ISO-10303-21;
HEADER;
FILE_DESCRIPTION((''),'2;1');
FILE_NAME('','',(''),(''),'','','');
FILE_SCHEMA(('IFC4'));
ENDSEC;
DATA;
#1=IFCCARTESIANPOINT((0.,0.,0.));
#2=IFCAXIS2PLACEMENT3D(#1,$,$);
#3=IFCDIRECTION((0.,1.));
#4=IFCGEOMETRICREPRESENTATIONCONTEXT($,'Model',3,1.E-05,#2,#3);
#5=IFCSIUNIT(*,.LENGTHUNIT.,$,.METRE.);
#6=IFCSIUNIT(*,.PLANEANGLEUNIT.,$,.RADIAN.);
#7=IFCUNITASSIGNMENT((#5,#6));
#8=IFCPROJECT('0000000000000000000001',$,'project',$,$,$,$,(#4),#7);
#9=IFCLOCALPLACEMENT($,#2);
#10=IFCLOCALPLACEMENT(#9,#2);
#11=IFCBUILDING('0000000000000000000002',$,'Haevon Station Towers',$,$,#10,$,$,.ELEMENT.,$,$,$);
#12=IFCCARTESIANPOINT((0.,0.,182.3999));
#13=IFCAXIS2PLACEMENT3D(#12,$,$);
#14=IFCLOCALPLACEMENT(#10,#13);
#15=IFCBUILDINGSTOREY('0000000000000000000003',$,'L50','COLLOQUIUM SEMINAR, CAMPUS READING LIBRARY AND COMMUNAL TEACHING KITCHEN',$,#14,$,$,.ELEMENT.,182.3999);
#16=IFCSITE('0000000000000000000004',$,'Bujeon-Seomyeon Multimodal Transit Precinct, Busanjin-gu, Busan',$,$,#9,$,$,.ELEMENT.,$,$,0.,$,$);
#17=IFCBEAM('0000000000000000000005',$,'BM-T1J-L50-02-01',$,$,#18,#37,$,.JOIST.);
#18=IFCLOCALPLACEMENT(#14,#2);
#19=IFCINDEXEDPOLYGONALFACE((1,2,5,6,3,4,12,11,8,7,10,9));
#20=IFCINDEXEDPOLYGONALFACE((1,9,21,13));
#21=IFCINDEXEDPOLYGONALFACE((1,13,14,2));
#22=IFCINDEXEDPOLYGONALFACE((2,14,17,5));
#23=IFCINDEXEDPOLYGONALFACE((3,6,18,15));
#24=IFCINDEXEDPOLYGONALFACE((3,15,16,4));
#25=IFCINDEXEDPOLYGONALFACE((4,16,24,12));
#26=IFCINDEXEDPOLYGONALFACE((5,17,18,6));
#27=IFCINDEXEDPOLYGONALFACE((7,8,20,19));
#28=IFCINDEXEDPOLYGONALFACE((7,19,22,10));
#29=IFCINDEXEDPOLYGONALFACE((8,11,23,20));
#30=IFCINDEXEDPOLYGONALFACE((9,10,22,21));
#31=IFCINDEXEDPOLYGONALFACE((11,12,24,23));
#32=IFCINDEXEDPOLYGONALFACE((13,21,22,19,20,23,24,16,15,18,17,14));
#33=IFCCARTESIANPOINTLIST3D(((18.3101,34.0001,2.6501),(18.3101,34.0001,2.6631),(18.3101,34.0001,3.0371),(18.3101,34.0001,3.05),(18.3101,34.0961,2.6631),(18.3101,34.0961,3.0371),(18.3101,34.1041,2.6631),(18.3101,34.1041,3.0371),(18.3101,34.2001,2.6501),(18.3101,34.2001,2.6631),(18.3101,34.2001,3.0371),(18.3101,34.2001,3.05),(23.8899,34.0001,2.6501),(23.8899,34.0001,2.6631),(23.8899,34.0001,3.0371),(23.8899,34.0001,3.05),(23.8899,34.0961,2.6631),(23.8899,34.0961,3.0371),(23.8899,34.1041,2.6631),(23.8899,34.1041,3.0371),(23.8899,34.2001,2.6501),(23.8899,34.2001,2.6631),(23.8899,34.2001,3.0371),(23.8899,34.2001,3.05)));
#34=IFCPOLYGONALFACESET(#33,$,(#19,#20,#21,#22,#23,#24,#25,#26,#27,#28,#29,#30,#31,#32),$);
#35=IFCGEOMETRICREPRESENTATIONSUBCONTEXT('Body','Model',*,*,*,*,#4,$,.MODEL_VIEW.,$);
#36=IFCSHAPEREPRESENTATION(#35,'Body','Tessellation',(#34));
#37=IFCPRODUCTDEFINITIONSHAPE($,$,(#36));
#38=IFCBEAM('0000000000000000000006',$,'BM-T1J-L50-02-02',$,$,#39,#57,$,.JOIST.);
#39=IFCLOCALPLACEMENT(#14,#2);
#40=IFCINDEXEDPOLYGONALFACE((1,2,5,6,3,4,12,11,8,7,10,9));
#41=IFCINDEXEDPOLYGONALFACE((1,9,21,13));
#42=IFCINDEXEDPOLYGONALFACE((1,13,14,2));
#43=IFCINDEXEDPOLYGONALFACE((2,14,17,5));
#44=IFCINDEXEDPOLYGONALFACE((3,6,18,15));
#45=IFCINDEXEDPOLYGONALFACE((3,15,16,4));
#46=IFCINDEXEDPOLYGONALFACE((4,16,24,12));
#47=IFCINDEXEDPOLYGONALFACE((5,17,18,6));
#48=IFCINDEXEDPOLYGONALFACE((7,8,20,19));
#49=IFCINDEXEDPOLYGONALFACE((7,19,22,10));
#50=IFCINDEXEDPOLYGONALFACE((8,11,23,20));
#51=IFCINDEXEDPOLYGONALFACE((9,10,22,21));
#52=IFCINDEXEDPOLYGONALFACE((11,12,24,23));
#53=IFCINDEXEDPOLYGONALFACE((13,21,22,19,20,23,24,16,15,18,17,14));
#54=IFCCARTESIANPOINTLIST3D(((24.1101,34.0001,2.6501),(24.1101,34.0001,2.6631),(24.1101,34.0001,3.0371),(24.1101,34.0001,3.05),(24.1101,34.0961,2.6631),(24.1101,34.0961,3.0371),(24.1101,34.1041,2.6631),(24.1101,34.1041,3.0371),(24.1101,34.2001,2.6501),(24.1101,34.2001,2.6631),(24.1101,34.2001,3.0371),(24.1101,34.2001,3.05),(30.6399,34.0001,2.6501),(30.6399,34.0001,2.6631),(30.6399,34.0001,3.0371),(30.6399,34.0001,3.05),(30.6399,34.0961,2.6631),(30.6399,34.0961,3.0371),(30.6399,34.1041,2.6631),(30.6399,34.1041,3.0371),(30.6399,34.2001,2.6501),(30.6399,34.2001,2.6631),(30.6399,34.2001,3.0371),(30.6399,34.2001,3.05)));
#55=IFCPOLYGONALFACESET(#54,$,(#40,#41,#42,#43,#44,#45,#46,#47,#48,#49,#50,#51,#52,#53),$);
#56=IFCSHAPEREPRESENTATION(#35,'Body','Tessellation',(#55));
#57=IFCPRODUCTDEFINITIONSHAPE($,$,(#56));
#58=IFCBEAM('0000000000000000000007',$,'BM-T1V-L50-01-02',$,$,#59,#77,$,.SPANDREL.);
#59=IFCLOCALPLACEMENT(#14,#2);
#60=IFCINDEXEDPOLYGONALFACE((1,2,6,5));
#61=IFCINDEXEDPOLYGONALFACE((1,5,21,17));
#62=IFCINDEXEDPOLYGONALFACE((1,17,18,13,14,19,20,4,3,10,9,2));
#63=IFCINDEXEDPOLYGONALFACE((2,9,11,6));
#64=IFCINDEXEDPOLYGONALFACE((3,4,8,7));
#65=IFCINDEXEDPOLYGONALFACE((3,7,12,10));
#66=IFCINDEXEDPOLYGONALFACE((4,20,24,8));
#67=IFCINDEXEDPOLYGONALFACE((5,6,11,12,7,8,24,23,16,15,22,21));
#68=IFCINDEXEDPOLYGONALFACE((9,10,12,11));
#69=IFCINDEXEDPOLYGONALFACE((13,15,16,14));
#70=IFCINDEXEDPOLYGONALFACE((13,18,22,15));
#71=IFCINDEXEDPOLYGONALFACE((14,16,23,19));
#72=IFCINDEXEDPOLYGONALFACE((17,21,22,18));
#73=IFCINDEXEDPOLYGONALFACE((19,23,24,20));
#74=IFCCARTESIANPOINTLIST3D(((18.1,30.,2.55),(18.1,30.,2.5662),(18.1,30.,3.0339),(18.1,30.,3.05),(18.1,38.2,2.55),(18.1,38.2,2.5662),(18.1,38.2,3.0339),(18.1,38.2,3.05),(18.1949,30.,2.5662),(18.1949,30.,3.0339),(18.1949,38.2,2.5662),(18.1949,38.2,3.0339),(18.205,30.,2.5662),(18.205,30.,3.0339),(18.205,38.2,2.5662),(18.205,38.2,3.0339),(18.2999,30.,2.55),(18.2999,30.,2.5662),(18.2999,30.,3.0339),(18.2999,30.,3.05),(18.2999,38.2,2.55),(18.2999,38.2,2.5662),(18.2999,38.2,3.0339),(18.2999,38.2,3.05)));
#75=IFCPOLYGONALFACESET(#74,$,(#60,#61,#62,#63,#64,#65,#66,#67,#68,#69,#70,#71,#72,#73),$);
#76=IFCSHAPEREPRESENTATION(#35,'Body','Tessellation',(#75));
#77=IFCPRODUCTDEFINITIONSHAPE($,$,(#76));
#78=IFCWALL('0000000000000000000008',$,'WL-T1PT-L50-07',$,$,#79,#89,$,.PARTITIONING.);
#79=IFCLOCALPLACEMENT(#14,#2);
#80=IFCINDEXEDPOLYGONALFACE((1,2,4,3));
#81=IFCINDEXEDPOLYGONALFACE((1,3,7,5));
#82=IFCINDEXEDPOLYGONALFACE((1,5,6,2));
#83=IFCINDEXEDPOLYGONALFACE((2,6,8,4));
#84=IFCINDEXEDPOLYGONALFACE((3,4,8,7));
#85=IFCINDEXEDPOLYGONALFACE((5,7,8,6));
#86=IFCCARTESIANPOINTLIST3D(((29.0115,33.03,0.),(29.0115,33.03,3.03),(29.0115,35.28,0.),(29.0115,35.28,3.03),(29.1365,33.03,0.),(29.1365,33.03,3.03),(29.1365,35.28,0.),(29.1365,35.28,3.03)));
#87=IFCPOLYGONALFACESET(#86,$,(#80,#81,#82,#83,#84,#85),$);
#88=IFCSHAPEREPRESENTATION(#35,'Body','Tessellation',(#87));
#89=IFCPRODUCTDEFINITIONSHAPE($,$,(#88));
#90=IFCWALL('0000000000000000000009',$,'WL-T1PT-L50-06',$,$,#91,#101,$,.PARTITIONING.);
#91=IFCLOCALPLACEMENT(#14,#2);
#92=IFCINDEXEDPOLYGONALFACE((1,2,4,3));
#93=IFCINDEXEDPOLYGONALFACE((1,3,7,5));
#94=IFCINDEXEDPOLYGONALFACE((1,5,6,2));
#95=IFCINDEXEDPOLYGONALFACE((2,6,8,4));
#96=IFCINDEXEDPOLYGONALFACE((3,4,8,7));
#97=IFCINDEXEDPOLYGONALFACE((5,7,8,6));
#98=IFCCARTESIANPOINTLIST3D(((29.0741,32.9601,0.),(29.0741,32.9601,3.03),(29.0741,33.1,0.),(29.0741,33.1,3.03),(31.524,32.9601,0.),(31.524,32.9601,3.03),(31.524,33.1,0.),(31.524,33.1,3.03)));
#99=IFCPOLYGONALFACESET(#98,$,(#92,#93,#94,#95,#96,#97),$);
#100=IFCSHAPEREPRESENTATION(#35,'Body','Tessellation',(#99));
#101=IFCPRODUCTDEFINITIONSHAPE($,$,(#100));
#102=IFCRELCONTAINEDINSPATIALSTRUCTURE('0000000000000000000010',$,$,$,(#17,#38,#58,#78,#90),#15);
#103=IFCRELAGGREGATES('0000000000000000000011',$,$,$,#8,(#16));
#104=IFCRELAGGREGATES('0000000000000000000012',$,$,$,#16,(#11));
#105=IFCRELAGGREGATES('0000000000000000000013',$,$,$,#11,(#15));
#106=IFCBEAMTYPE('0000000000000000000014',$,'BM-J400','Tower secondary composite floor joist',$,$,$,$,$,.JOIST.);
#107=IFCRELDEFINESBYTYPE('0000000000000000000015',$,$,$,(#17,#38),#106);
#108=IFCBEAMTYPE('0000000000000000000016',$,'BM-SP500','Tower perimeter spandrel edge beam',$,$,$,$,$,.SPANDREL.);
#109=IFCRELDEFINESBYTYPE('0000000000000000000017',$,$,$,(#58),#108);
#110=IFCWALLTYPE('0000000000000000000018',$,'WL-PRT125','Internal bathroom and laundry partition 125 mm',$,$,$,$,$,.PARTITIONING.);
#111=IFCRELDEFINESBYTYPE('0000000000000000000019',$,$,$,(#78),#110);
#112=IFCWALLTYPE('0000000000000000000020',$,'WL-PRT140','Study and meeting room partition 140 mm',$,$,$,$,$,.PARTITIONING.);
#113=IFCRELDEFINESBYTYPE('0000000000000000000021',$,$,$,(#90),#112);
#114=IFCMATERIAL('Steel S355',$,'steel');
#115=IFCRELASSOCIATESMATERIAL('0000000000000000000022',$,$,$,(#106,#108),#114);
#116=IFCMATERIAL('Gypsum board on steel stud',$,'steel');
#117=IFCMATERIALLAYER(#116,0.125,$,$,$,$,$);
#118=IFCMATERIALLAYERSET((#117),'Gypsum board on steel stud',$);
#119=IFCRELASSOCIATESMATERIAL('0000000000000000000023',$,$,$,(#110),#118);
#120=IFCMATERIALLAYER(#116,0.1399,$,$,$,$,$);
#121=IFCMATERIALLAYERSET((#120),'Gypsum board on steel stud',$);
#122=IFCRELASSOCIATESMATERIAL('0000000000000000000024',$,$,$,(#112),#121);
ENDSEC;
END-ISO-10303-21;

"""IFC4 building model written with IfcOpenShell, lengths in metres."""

from ifc_helpers import new_model, si_unit, direction, frame, frame_2d, origin, origin_2d, place, context, subcontext, project, spatial, rectangle, i_section, extrude, material, layer, layer_set, material_profile, profile_set, type_object, element, save


model = new_model("IFC4")

# Units and contexts
model_context = context("Model", 3, precision=1e-05, world=origin(), true_north=direction((0.0, 1.0)))
body_context = subcontext(model_context, "Body", "Model", "MODEL_VIEW")
ifc_project = project(units=[si_unit("LENGTHUNIT", "METRE"), si_unit("PLANEANGLEUNIT", "RADIAN")], contexts=[model_context])

# Site, building, storey
site_placement = place(None, origin())
site = spatial("IfcSite", under=ifc_project, at=site_placement, Name="Bujeon-Seomyeon Multimodal Transit Precinct, Busanjin-gu, Busan", CompositionType="ELEMENT", RefElevation=0.0)
building_placement = place(site_placement, origin())
building = spatial("IfcBuilding", under=site, at=building_placement, Name="Haevon Station Towers", CompositionType="ELEMENT")
storey_placement = place(building_placement, frame((0.0, 0.0, 182.3999)))
storey = spatial("IfcBuildingStorey", under=building, at=storey_placement, Name="L50", Description="COLLOQUIUM SEMINAR, CAMPUS READING LIBRARY AND COMMUNAL TEACHING KITCHEN", CompositionType="ELEMENT", Elevation=182.3999)

# Shared definitions
ifc_material_1 = material(Name="Steel S355", Category="steel")

# Beams
ifc_material_profile_1 = material_profile(ifc_material_1, i_section(OverallWidth=0.2, OverallDepth=0.3999, WebThickness=0.0081, FlangeThickness=0.0129, at=origin_2d()), Name="H-400x200x8x13")
ifc_profile_set_1 = profile_set([ifc_material_profile_1], Name="Steel S355")
beam_type_1 = type_object("IfcBeamType", Name="BM-J400", Description="Tower secondary composite floor joist", PredefinedType="JOIST", material=ifc_profile_set_1)
beam_1_placement = place(storey_placement, frame((18.3101, 34.1001, 2.8501), z_axis=(1.0, 0.0, 0.0), x_axis=(0.0, 1.0, 0.0)))
element("IfcBeam", 1, at=beam_1_placement, inside=storey, type_object=beam_type_1, Name="BM-T1J-L50-02-01", PredefinedType="JOIST", context=body_context, shape_type="SweptSolid", body=[
    extrude(i_section(OverallWidth=0.2, OverallDepth=0.3999, WebThickness=0.0081, FlangeThickness=0.0129, at=origin_2d()), origin(), (0.0, 0.0, 1.0), 5.5798),
])
beam_2_placement = place(storey_placement, frame((24.1101, 34.1001, 2.8501), z_axis=(1.0, 0.0, 0.0), x_axis=(0.0, 1.0, 0.0)))
element("IfcBeam", 2, at=beam_2_placement, inside=storey, type_object=beam_type_1, Name="BM-T1J-L50-02-02", PredefinedType="JOIST", context=body_context, shape_type="SweptSolid", body=[
    extrude(i_section(OverallWidth=0.2, OverallDepth=0.3999, WebThickness=0.0081, FlangeThickness=0.0129, at=origin_2d()), origin(), (0.0, 0.0, 1.0), 6.5298),
])
ifc_material_profile_2 = material_profile(ifc_material_1, i_section(OverallWidth=0.2, OverallDepth=0.5, WebThickness=0.01, FlangeThickness=0.0161, at=origin_2d()), Name="H-500x200x10x16")
ifc_profile_set_2 = profile_set([ifc_material_profile_2], Name="Steel S355")
beam_type_2 = type_object("IfcBeamType", Name="BM-SP500", Description="Tower perimeter spandrel edge beam", PredefinedType="SPANDREL", material=ifc_profile_set_2)
beam_3_placement = place(storey_placement, frame((18.2, 30.0, 2.8), z_axis=(0.0, 1.0, 0.0), x_axis=(-1.0, 0.0, 0.0)))
element("IfcBeam", 3, at=beam_3_placement, inside=storey, type_object=beam_type_2, Name="BM-T1V-L50-01-02", PredefinedType="SPANDREL", context=body_context, shape_type="SweptSolid", body=[
    extrude(i_section(OverallWidth=0.2, OverallDepth=0.5, WebThickness=0.01, FlangeThickness=0.0161, at=origin_2d()), origin(), (0.0, 0.0, 1.0), 8.2),
])

# Walls
ifc_material_2 = material(Name="Gypsum board on steel stud", Category="steel")
ifc_layer_1 = layer(ifc_material_2, 0.125)
ifc_layer_set_1 = layer_set([ifc_layer_1], Name="Gypsum board on steel stud")
wall_type_1 = type_object("IfcWallType", Name="WL-PRT125", Description="Internal bathroom and laundry partition 125 mm", PredefinedType="PARTITIONING", material=ifc_layer_set_1)
wall_1_placement = place(storey_placement, frame((29.074, 33.03, 0.0), z_axis=(0.0, 0.0, 1.0), x_axis=(0.0, 1.0, 0.0)))
element("IfcWall", 4, at=wall_1_placement, inside=storey, type_object=wall_type_1, Name="WL-T1PT-L50-07", PredefinedType="PARTITIONING", context=body_context, shape_type="SweptSolid", body=[
    extrude(rectangle(XDim=2.25, YDim=0.125, at=frame_2d((1.125, 0.0))), origin(), (0.0, 0.0, 1.0), 3.03),
])
ifc_layer_2 = layer(ifc_material_2, 0.1399)
ifc_layer_set_2 = layer_set([ifc_layer_2], Name="Gypsum board on steel stud")
wall_type_2 = type_object("IfcWallType", Name="WL-PRT140", Description="Study and meeting room partition 140 mm", PredefinedType="PARTITIONING", material=ifc_layer_set_2)
wall_2_placement = place(storey_placement, frame((29.074, 33.03, 0.0), z_axis=(0.0, 0.0, 1.0), x_axis=(1.0, 0.0, 0.0)))
element("IfcWall", 5, at=wall_2_placement, inside=storey, type_object=wall_type_2, Name="WL-T1PT-L50-06", PredefinedType="PARTITIONING", context=body_context, shape_type="SweptSolid", body=[
    extrude(rectangle(XDim=2.45, YDim=0.1399, at=frame_2d((1.2251, 0.0))), origin(), (0.0, 0.0, 1.0), 3.03),
])

save(model, "model.ifc")
